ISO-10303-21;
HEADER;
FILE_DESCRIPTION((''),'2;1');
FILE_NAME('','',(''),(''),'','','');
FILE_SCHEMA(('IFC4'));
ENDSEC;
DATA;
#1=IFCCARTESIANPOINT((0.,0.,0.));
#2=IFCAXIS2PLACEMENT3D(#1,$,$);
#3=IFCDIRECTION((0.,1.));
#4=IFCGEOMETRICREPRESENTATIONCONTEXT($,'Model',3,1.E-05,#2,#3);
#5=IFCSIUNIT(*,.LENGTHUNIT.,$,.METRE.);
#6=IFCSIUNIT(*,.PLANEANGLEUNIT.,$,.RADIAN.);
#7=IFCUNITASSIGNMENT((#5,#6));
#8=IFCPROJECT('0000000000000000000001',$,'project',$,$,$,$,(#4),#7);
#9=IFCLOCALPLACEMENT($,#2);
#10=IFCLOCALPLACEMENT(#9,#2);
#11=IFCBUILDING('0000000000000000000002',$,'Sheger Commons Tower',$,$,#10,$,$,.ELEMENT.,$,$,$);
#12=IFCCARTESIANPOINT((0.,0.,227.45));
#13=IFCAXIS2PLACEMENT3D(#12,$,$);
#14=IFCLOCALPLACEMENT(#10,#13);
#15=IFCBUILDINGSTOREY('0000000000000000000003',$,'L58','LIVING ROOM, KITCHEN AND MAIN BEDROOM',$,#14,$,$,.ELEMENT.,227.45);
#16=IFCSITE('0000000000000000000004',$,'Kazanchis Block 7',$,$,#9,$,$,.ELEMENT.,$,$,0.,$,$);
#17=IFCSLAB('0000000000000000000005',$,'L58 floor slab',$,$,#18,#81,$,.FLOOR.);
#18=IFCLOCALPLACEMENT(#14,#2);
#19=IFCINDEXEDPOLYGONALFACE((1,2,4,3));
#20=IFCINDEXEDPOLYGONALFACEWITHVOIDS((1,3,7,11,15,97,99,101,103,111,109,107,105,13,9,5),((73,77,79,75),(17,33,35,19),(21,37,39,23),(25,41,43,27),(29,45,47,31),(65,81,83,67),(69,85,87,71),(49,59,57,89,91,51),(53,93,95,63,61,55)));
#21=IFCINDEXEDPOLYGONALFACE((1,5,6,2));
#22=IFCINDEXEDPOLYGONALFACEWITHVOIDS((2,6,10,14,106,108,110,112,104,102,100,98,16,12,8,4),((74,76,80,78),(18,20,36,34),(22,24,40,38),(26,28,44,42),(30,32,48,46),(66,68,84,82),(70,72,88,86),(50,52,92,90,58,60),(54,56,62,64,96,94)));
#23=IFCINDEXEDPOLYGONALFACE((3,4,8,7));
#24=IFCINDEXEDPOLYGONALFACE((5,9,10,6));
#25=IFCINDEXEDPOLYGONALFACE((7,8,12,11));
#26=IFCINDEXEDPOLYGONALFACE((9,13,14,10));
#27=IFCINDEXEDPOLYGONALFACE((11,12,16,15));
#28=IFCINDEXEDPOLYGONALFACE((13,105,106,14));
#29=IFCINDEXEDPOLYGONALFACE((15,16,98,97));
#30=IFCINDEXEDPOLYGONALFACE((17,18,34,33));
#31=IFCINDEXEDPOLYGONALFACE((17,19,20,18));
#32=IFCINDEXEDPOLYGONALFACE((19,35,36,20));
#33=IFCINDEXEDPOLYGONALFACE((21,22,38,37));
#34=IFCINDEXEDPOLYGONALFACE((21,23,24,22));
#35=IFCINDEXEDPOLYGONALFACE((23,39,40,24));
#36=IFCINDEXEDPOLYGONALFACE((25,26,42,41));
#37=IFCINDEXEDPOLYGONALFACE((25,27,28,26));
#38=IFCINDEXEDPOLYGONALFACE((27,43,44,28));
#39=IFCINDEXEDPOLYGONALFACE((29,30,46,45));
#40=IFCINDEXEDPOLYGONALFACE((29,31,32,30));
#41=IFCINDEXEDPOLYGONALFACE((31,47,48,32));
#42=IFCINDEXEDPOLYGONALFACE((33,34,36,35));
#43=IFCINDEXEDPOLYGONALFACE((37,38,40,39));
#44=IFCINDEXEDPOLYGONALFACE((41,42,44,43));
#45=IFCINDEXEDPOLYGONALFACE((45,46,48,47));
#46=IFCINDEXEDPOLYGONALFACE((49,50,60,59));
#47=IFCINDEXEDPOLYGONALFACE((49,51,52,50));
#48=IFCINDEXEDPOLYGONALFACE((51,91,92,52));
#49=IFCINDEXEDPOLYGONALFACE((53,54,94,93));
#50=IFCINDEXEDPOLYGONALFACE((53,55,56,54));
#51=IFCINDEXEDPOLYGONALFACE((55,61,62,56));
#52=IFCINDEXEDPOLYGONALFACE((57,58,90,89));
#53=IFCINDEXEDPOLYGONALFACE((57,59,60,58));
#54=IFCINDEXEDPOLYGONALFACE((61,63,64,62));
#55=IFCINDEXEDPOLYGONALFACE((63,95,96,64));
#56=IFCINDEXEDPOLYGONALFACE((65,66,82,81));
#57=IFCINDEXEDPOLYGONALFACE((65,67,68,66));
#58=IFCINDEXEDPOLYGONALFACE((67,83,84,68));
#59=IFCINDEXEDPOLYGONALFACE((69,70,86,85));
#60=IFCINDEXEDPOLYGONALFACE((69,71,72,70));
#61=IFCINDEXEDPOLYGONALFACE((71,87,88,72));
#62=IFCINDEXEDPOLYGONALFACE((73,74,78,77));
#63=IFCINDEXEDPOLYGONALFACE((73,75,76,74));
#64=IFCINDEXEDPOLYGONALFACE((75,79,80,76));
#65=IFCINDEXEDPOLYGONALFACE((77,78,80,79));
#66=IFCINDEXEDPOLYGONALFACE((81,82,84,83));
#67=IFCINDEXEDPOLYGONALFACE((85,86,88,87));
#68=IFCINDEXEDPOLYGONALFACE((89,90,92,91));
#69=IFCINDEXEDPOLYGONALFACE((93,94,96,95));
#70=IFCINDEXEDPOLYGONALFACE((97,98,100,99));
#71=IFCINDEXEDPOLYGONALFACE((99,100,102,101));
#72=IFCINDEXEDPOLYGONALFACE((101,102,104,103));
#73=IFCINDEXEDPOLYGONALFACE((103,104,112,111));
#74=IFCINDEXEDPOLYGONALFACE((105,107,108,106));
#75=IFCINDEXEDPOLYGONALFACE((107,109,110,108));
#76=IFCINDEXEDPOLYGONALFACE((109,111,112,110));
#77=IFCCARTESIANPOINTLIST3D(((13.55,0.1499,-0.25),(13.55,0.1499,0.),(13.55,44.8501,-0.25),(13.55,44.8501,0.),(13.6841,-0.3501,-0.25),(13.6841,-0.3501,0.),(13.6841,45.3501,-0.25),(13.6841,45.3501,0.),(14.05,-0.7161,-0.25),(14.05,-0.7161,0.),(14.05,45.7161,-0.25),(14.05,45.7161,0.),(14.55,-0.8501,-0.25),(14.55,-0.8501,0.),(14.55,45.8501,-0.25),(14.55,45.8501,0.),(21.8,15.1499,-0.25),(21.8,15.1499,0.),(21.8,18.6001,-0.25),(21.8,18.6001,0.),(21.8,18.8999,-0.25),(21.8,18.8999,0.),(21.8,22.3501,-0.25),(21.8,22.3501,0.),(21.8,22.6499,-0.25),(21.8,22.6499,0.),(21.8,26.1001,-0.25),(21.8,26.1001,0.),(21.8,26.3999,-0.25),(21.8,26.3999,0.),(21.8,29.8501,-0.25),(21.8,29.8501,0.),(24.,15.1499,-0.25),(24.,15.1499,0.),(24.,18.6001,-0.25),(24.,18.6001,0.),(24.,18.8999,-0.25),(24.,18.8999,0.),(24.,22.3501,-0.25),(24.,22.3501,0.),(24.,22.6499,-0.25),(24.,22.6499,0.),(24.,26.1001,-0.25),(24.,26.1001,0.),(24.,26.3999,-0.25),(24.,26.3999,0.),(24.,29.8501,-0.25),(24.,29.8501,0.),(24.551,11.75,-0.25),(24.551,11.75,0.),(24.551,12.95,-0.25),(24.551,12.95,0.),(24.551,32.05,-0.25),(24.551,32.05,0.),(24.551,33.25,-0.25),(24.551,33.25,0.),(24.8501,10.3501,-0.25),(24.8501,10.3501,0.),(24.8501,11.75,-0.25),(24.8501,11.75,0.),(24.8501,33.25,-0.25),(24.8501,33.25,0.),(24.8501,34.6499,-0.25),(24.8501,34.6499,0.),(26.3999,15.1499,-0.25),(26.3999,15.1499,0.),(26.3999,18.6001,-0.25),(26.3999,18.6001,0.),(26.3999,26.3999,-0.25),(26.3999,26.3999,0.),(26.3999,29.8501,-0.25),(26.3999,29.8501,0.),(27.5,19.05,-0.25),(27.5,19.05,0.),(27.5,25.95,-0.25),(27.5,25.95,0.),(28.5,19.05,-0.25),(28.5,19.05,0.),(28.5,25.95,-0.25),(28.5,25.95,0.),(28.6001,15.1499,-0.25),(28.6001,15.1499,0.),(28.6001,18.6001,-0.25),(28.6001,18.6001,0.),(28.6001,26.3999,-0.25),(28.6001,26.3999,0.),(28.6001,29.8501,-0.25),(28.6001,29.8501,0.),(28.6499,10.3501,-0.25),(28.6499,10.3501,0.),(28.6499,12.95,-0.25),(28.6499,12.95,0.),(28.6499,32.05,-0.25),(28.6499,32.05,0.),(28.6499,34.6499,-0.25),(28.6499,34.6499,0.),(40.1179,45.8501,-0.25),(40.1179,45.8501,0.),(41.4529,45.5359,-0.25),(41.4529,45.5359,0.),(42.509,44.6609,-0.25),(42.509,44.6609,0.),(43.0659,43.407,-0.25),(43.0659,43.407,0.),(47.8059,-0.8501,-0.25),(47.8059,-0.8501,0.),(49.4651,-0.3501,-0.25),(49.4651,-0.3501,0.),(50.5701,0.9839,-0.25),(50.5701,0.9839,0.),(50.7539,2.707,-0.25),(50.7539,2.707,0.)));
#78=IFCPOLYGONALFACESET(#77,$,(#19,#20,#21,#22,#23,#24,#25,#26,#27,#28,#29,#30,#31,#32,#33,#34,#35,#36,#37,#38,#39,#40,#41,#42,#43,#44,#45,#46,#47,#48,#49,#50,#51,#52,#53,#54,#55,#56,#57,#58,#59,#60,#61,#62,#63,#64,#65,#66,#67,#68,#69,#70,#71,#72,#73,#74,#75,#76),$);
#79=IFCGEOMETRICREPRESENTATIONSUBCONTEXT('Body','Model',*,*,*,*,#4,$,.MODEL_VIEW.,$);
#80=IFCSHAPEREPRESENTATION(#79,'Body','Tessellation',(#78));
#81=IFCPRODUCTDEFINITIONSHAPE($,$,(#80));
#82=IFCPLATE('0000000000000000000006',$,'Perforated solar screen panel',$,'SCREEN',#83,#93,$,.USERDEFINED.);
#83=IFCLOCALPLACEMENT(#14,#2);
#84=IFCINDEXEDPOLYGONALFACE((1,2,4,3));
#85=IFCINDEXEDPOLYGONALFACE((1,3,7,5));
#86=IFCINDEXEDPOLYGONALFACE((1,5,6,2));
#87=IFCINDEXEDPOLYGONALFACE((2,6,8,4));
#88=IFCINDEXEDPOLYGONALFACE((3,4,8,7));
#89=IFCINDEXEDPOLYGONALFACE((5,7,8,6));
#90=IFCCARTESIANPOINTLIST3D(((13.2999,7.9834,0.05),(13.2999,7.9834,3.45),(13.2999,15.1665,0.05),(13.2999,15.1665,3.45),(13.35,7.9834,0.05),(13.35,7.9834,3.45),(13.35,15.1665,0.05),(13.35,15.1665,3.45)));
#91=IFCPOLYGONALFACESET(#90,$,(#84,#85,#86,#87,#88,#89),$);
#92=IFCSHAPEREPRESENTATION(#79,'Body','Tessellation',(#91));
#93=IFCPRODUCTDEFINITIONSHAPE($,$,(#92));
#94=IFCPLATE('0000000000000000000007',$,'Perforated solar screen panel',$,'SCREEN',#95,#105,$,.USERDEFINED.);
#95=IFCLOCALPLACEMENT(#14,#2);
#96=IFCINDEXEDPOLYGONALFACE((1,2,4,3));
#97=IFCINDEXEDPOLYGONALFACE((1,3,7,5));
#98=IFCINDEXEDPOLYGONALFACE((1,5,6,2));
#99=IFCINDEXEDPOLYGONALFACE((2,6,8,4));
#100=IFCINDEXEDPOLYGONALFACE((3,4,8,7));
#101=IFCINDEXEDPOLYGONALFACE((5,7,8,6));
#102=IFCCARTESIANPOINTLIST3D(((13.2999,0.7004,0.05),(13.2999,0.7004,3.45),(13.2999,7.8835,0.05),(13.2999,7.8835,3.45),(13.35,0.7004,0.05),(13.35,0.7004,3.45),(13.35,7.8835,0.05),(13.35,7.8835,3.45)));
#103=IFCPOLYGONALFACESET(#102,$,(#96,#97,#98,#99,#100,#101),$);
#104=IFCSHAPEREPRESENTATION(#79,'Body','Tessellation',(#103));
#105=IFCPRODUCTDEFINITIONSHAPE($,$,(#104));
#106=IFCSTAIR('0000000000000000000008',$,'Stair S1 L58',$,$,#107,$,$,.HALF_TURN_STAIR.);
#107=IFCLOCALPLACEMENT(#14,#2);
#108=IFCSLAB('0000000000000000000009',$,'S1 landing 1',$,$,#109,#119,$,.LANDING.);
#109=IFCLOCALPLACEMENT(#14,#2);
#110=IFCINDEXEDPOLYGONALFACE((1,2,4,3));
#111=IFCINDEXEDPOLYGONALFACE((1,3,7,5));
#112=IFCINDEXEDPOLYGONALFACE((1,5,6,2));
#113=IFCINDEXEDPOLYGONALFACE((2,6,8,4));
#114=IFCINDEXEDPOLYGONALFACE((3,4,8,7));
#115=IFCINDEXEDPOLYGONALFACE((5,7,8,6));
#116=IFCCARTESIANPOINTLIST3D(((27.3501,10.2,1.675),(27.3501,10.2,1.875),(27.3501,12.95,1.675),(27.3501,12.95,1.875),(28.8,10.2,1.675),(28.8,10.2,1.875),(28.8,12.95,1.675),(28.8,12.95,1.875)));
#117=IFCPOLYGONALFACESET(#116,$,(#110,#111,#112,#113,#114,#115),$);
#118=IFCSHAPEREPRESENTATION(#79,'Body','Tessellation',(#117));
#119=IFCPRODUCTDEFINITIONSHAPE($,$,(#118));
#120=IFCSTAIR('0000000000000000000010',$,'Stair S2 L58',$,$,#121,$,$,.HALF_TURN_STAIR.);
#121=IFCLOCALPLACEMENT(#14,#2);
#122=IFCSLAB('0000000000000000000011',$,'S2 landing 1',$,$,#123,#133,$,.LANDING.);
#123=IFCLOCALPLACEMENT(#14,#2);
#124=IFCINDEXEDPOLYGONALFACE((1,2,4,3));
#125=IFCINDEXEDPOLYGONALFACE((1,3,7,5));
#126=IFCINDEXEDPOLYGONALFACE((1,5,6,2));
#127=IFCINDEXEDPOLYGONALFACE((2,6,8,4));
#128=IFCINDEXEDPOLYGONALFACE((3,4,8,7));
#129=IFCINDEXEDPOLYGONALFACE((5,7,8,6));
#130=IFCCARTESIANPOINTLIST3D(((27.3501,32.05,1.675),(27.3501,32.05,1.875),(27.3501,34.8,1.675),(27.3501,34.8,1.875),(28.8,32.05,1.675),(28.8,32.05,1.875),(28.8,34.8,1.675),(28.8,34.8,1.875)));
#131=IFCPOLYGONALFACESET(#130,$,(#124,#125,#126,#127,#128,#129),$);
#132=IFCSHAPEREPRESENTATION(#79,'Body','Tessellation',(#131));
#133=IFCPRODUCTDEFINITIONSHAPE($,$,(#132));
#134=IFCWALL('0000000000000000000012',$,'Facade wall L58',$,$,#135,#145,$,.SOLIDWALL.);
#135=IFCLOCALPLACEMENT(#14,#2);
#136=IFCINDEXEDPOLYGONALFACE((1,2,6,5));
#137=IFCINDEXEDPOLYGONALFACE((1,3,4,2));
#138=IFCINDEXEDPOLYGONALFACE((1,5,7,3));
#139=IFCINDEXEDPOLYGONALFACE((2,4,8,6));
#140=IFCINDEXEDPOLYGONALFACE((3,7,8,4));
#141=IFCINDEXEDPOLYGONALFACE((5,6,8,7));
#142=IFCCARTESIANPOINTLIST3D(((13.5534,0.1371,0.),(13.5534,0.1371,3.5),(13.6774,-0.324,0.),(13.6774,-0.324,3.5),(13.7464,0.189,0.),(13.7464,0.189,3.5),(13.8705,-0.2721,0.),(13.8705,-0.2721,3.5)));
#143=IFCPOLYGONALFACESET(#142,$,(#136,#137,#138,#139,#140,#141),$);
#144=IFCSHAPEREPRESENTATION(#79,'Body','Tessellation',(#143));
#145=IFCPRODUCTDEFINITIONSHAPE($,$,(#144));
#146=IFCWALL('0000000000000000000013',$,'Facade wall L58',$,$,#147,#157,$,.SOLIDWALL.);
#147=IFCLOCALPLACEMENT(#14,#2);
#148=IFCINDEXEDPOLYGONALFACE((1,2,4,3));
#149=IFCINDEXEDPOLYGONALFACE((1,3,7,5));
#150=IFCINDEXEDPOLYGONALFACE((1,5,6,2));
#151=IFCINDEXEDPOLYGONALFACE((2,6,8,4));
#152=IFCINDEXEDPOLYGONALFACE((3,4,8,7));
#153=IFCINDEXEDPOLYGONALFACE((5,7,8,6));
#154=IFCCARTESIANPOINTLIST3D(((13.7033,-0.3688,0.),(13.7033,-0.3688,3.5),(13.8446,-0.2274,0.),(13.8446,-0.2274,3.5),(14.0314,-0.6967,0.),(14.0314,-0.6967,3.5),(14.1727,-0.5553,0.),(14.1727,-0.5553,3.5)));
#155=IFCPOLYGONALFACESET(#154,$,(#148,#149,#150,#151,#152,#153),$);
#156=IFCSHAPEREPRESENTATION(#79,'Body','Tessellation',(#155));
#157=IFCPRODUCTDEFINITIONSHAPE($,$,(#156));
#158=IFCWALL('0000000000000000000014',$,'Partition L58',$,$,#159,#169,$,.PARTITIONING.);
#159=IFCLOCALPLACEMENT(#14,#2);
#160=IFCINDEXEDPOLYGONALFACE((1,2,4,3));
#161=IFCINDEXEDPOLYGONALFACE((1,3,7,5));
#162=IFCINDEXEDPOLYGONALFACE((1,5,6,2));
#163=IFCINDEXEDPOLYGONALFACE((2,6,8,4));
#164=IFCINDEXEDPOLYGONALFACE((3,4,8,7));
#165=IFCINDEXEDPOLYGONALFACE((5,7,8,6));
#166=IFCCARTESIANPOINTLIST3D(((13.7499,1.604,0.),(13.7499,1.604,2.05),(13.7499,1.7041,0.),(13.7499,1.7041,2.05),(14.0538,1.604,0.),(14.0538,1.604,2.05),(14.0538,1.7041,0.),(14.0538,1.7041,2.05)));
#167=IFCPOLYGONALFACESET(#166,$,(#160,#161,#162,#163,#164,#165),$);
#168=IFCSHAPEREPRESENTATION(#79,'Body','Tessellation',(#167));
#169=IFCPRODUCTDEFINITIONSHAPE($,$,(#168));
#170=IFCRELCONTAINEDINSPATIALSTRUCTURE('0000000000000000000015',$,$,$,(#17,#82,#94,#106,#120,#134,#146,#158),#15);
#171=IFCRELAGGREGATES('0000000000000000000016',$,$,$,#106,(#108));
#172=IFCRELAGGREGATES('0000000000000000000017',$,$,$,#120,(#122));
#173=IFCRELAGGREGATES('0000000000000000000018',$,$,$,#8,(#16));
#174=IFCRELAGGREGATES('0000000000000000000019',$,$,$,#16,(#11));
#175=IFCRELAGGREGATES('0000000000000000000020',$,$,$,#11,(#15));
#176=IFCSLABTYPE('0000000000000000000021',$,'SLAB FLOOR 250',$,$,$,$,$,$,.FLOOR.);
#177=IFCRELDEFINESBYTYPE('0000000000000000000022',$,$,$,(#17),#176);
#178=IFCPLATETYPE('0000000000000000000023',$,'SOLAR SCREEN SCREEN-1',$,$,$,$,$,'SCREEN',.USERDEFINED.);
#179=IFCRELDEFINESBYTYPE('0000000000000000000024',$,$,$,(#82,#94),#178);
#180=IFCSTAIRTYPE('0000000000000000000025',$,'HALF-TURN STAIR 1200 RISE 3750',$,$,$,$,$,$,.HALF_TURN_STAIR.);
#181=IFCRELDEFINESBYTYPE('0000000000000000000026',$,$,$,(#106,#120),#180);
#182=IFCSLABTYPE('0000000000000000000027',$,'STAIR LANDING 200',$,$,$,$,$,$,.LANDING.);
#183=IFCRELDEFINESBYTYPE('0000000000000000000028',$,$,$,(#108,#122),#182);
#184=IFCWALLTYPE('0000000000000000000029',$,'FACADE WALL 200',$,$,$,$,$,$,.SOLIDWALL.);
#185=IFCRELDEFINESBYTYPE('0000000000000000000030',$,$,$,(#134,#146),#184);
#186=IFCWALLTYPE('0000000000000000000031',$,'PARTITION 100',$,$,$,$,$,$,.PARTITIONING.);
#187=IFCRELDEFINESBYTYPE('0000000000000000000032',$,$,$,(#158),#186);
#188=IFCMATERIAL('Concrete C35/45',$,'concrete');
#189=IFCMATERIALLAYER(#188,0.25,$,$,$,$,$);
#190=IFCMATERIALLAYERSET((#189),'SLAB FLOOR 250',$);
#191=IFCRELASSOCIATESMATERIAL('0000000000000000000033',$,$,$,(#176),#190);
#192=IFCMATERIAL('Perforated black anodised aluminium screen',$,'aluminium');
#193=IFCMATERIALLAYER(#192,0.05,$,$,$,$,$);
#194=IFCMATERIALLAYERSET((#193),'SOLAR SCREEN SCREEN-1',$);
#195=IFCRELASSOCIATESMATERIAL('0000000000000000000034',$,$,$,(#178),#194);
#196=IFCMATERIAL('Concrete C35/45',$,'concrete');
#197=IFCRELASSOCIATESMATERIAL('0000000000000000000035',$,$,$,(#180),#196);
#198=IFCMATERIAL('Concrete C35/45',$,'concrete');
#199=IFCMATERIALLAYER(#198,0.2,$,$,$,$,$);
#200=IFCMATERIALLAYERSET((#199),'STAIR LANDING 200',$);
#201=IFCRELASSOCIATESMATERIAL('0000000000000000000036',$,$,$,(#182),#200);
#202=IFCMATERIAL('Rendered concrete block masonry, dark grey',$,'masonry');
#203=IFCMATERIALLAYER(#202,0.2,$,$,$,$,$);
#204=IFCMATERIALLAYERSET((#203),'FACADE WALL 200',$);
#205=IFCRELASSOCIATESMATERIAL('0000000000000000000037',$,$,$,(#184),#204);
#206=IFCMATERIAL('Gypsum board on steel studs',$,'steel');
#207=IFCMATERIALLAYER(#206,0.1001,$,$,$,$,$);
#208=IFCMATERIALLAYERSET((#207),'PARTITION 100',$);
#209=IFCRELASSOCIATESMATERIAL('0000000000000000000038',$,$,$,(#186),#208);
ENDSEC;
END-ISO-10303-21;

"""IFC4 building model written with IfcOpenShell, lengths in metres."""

from ifc_helpers import new_model, si_unit, direction, frame, frame_2d, origin, origin_2d, place, context, subcontext, project, spatial, polyline, rectangle, outline, extrude, material, layer, layer_set, type_object, element, aggregate, save


model = new_model("IFC4")

# Units and contexts
model_context = context("Model", 3, precision=1e-05, world=origin(), true_north=direction((0.0, 1.0)))
body_context = subcontext(model_context, "Body", "Model", "MODEL_VIEW")
ifc_project = project(units=[si_unit("LENGTHUNIT", "METRE"), si_unit("PLANEANGLEUNIT", "RADIAN")], contexts=[model_context])

# Site, building, storey
site_placement = place(None, origin())
site = spatial("IfcSite", under=ifc_project, at=site_placement, Name="Kazanchis Block 7", CompositionType="ELEMENT", RefElevation=0.0)
building_placement = place(site_placement, origin())
building = spatial("IfcBuilding", under=site, at=building_placement, Name="Sheger Commons Tower", CompositionType="ELEMENT")
storey_placement = place(building_placement, frame((0.0, 0.0, 227.45)))
storey = spatial("IfcBuildingStorey", under=building, at=storey_placement, Name="L58", Description="LIVING ROOM, KITCHEN AND MAIN BEDROOM", CompositionType="ELEMENT", Elevation=227.45)

# Slab
ifc_material_1 = material(Name="Concrete C35/45", Category="concrete")
ifc_layer_1 = layer(ifc_material_1, 0.25)
ifc_layer_set_1 = layer_set([ifc_layer_1], Name="SLAB FLOOR 250")
slab_type_1 = type_object("IfcSlabType", Name="SLAB FLOOR 250", PredefinedType="FLOOR", material=ifc_layer_set_1)
slab_1_placement = place(storey_placement, frame((0.0, 0.0, -0.25)))
element("IfcSlab", 1, at=slab_1_placement, inside=storey, type_object=slab_type_1, Name="L58 floor slab", PredefinedType="FLOOR", context=body_context, shape_type="SweptSolid", body=[
    extrude(outline(polyline([(13.55, 0.1499), (13.6841, -0.3501), (14.05, -0.7161), (14.55, -0.8501), (47.8059, -0.8501), (49.4651, -0.3501), (50.5701, 0.9839), (50.7539, 2.707), (43.0659, 43.407), (42.509, 44.6609), (41.4529, 45.5359), (40.1179, 45.8501), (14.55, 45.8501), (14.05, 45.7161), (13.6841, 45.3501), (13.55, 44.8501), (13.55, 0.1499)]), holes=[polyline([(24.8501, 10.3501), (28.6499, 10.3501), (28.6499, 12.95), (24.551, 12.95), (24.551, 11.75), (24.8501, 11.75), (24.8501, 10.3501)]), polyline([(24.551, 32.05), (28.6499, 32.05), (28.6499, 34.6499), (24.8501, 34.6499), (24.8501, 33.25), (24.551, 33.25), (24.551, 32.05)]), polyline([(26.3999, 15.1499), (28.6001, 15.1499), (28.6001, 18.6001), (26.3999, 18.6001), (26.3999, 15.1499)]), polyline([(26.3999, 26.3999), (28.6001, 26.3999), (28.6001, 29.8501), (26.3999, 29.8501), (26.3999, 26.3999)]), polyline([(21.8, 15.1499), (24.0, 15.1499), (24.0, 18.6001), (21.8, 18.6001), (21.8, 15.1499)]), polyline([(21.8, 18.8999), (24.0, 18.8999), (24.0, 22.3501), (21.8, 22.3501), (21.8, 18.8999)]), polyline([(21.8, 22.6499), (24.0, 22.6499), (24.0, 26.1001), (21.8, 26.1001), (21.8, 22.6499)]), polyline([(21.8, 26.3999), (24.0, 26.3999), (24.0, 29.8501), (21.8, 29.8501), (21.8, 26.3999)]), polyline([(27.5, 19.05), (28.5, 19.05), (28.5, 25.95), (27.5, 25.95), (27.5, 19.05)])]), origin(), (0.0, 0.0, 1.0), 0.25),
])

# Plates
ifc_material_2 = material(Name="Perforated black anodised aluminium screen", Category="aluminium")
ifc_layer_2 = layer(ifc_material_2, 0.05)
ifc_layer_set_2 = layer_set([ifc_layer_2], Name="SOLAR SCREEN SCREEN-1")
plate_type = type_object("IfcPlateType", Name="SOLAR SCREEN SCREEN-1", ElementType="SCREEN", PredefinedType="USERDEFINED", material=ifc_layer_set_2)
for number, where, z_axis, x_axis, name in (
    (2, (13.325, 11.575, 0.05), (0.0, 0.0, 1.0), (0.0, -1.0, 0.0), "Perforated solar screen panel"),
    (3, (13.325, 4.292, 0.05), (0.0, 0.0, 1.0), (0.0, -1.0, 0.0), "Perforated solar screen panel"),
):
    element("IfcPlate", number, at=place(storey_placement, frame(where, z_axis=z_axis, x_axis=x_axis)), inside=storey, type_object=plate_type, Name=name, ObjectType="SCREEN", PredefinedType="USERDEFINED", context=body_context, shape_type="SweptSolid", body=[
        extrude(rectangle(XDim=7.1831, YDim=0.05, at=origin_2d()), origin(), (0.0, 0.0, 1.0), 3.3999),
    ])

# Stairs, slabs
ifc_material_3 = material(Name="Concrete C35/45", Category="concrete")
stair_type = type_object("IfcStairType", Name="HALF-TURN STAIR 1200 RISE 3750", PredefinedType="HALF_TURN_STAIR", material=ifc_material_3)
stair_1_placement = place(storey_placement, origin())
stair_1 = element("IfcStair", 4, at=stair_1_placement, inside=storey, type_object=stair_type, Name="Stair S1 L58", PredefinedType="HALF_TURN_STAIR")
ifc_material_4 = material(Name="Concrete C35/45", Category="concrete")
ifc_layer_3 = layer(ifc_material_4, 0.2)
ifc_layer_set_3 = layer_set([ifc_layer_3], Name="STAIR LANDING 200")
slab_type_2 = type_object("IfcSlabType", Name="STAIR LANDING 200", PredefinedType="LANDING", material=ifc_layer_set_3)
slab_2_placement = place(storey_placement, frame((0.0, 0.0, 1.675)))
slab_2 = element("IfcSlab", 5, at=slab_2_placement, type_object=slab_type_2, Name="S1 landing 1", PredefinedType="LANDING", context=body_context, shape_type="SweptSolid", body=[
    extrude(outline(polyline([(27.3501, 10.2), (28.8, 10.2), (28.8, 12.95), (27.3501, 12.95), (27.3501, 10.2)])), origin(), (0.0, 0.0, 1.0), 0.2),
])
aggregate(stair_1, [slab_2])
stair_2_placement = place(storey_placement, origin())
stair_2 = element("IfcStair", 6, at=stair_2_placement, inside=storey, type_object=stair_type, Name="Stair S2 L58", PredefinedType="HALF_TURN_STAIR")
slab_3_placement = place(storey_placement, frame((0.0, 0.0, 1.675)))
slab_3 = element("IfcSlab", 7, at=slab_3_placement, type_object=slab_type_2, Name="S2 landing 1", PredefinedType="LANDING", context=body_context, shape_type="SweptSolid", body=[
    extrude(outline(polyline([(27.3501, 32.05), (28.8, 32.05), (28.8, 34.8), (27.3501, 34.8), (27.3501, 32.05)])), origin(), (0.0, 0.0, 1.0), 0.2),
])
aggregate(stair_2, [slab_3])

# Walls
ifc_material_5 = material(Name="Rendered concrete block masonry, dark grey", Category="masonry")
ifc_layer_4 = layer(ifc_material_5, 0.2)
ifc_layer_set_4 = layer_set([ifc_layer_4], Name="FACADE WALL 200")
wall_type_1 = type_object("IfcWallType", Name="FACADE WALL 200", PredefinedType="SOLIDWALL", material=ifc_layer_set_4)
wall_1_placement = place(storey_placement, frame((13.6499, 0.1631, 0.0), z_axis=(0.0, 0.0, 1.0), x_axis=(0.259698, -0.96569, 0.0)))
element("IfcWall", 8, at=wall_1_placement, inside=storey, type_object=wall_type_1, Name="Facade wall L58", PredefinedType="SOLIDWALL", context=body_context, shape_type="SweptSolid", body=[
    extrude(rectangle(XDim=0.4775, YDim=0.2, at=frame_2d((0.2388, 0.0))), origin(), (0.0, 0.0, 1.0), 3.5),
])
wall_2_placement = place(storey_placement, frame((13.7739, -0.2981, 0.0), z_axis=(0.0, 0.0, 1.0), x_axis=(0.70737, -0.706844, 0.0)))
element("IfcWall", 9, at=wall_2_placement, inside=storey, type_object=wall_type_1, Name="Facade wall L58", PredefinedType="SOLIDWALL", context=body_context, shape_type="SweptSolid", body=[
    extrude(rectangle(XDim=0.4639, YDim=0.2, at=frame_2d((0.2319, 0.0))), origin(), (0.0, 0.0, 1.0), 3.5),
])
ifc_material_6 = material(Name="Gypsum board on steel studs", Category="steel")
ifc_layer_5 = layer(ifc_material_6, 0.1001)
ifc_layer_set_5 = layer_set([ifc_layer_5], Name="PARTITION 100")
wall_type_2 = type_object("IfcWallType", Name="PARTITION 100", PredefinedType="PARTITIONING", material=ifc_layer_set_5)
wall_3_placement = place(storey_placement, frame((13.75, 1.6541, 0.0), z_axis=(0.0, 0.0, 1.0), x_axis=(1.0, 0.0, 0.0)))
element("IfcWall", 10, at=wall_3_placement, inside=storey, type_object=wall_type_2, Name="Partition L58", PredefinedType="PARTITIONING", context=body_context, shape_type="SweptSolid", body=[
    extrude(rectangle(XDim=0.304, YDim=0.1001, at=frame_2d((0.1519, 0.0))), origin(), (0.0, 0.0, 1.0), 2.05),
])

save(model, "model.ifc")
